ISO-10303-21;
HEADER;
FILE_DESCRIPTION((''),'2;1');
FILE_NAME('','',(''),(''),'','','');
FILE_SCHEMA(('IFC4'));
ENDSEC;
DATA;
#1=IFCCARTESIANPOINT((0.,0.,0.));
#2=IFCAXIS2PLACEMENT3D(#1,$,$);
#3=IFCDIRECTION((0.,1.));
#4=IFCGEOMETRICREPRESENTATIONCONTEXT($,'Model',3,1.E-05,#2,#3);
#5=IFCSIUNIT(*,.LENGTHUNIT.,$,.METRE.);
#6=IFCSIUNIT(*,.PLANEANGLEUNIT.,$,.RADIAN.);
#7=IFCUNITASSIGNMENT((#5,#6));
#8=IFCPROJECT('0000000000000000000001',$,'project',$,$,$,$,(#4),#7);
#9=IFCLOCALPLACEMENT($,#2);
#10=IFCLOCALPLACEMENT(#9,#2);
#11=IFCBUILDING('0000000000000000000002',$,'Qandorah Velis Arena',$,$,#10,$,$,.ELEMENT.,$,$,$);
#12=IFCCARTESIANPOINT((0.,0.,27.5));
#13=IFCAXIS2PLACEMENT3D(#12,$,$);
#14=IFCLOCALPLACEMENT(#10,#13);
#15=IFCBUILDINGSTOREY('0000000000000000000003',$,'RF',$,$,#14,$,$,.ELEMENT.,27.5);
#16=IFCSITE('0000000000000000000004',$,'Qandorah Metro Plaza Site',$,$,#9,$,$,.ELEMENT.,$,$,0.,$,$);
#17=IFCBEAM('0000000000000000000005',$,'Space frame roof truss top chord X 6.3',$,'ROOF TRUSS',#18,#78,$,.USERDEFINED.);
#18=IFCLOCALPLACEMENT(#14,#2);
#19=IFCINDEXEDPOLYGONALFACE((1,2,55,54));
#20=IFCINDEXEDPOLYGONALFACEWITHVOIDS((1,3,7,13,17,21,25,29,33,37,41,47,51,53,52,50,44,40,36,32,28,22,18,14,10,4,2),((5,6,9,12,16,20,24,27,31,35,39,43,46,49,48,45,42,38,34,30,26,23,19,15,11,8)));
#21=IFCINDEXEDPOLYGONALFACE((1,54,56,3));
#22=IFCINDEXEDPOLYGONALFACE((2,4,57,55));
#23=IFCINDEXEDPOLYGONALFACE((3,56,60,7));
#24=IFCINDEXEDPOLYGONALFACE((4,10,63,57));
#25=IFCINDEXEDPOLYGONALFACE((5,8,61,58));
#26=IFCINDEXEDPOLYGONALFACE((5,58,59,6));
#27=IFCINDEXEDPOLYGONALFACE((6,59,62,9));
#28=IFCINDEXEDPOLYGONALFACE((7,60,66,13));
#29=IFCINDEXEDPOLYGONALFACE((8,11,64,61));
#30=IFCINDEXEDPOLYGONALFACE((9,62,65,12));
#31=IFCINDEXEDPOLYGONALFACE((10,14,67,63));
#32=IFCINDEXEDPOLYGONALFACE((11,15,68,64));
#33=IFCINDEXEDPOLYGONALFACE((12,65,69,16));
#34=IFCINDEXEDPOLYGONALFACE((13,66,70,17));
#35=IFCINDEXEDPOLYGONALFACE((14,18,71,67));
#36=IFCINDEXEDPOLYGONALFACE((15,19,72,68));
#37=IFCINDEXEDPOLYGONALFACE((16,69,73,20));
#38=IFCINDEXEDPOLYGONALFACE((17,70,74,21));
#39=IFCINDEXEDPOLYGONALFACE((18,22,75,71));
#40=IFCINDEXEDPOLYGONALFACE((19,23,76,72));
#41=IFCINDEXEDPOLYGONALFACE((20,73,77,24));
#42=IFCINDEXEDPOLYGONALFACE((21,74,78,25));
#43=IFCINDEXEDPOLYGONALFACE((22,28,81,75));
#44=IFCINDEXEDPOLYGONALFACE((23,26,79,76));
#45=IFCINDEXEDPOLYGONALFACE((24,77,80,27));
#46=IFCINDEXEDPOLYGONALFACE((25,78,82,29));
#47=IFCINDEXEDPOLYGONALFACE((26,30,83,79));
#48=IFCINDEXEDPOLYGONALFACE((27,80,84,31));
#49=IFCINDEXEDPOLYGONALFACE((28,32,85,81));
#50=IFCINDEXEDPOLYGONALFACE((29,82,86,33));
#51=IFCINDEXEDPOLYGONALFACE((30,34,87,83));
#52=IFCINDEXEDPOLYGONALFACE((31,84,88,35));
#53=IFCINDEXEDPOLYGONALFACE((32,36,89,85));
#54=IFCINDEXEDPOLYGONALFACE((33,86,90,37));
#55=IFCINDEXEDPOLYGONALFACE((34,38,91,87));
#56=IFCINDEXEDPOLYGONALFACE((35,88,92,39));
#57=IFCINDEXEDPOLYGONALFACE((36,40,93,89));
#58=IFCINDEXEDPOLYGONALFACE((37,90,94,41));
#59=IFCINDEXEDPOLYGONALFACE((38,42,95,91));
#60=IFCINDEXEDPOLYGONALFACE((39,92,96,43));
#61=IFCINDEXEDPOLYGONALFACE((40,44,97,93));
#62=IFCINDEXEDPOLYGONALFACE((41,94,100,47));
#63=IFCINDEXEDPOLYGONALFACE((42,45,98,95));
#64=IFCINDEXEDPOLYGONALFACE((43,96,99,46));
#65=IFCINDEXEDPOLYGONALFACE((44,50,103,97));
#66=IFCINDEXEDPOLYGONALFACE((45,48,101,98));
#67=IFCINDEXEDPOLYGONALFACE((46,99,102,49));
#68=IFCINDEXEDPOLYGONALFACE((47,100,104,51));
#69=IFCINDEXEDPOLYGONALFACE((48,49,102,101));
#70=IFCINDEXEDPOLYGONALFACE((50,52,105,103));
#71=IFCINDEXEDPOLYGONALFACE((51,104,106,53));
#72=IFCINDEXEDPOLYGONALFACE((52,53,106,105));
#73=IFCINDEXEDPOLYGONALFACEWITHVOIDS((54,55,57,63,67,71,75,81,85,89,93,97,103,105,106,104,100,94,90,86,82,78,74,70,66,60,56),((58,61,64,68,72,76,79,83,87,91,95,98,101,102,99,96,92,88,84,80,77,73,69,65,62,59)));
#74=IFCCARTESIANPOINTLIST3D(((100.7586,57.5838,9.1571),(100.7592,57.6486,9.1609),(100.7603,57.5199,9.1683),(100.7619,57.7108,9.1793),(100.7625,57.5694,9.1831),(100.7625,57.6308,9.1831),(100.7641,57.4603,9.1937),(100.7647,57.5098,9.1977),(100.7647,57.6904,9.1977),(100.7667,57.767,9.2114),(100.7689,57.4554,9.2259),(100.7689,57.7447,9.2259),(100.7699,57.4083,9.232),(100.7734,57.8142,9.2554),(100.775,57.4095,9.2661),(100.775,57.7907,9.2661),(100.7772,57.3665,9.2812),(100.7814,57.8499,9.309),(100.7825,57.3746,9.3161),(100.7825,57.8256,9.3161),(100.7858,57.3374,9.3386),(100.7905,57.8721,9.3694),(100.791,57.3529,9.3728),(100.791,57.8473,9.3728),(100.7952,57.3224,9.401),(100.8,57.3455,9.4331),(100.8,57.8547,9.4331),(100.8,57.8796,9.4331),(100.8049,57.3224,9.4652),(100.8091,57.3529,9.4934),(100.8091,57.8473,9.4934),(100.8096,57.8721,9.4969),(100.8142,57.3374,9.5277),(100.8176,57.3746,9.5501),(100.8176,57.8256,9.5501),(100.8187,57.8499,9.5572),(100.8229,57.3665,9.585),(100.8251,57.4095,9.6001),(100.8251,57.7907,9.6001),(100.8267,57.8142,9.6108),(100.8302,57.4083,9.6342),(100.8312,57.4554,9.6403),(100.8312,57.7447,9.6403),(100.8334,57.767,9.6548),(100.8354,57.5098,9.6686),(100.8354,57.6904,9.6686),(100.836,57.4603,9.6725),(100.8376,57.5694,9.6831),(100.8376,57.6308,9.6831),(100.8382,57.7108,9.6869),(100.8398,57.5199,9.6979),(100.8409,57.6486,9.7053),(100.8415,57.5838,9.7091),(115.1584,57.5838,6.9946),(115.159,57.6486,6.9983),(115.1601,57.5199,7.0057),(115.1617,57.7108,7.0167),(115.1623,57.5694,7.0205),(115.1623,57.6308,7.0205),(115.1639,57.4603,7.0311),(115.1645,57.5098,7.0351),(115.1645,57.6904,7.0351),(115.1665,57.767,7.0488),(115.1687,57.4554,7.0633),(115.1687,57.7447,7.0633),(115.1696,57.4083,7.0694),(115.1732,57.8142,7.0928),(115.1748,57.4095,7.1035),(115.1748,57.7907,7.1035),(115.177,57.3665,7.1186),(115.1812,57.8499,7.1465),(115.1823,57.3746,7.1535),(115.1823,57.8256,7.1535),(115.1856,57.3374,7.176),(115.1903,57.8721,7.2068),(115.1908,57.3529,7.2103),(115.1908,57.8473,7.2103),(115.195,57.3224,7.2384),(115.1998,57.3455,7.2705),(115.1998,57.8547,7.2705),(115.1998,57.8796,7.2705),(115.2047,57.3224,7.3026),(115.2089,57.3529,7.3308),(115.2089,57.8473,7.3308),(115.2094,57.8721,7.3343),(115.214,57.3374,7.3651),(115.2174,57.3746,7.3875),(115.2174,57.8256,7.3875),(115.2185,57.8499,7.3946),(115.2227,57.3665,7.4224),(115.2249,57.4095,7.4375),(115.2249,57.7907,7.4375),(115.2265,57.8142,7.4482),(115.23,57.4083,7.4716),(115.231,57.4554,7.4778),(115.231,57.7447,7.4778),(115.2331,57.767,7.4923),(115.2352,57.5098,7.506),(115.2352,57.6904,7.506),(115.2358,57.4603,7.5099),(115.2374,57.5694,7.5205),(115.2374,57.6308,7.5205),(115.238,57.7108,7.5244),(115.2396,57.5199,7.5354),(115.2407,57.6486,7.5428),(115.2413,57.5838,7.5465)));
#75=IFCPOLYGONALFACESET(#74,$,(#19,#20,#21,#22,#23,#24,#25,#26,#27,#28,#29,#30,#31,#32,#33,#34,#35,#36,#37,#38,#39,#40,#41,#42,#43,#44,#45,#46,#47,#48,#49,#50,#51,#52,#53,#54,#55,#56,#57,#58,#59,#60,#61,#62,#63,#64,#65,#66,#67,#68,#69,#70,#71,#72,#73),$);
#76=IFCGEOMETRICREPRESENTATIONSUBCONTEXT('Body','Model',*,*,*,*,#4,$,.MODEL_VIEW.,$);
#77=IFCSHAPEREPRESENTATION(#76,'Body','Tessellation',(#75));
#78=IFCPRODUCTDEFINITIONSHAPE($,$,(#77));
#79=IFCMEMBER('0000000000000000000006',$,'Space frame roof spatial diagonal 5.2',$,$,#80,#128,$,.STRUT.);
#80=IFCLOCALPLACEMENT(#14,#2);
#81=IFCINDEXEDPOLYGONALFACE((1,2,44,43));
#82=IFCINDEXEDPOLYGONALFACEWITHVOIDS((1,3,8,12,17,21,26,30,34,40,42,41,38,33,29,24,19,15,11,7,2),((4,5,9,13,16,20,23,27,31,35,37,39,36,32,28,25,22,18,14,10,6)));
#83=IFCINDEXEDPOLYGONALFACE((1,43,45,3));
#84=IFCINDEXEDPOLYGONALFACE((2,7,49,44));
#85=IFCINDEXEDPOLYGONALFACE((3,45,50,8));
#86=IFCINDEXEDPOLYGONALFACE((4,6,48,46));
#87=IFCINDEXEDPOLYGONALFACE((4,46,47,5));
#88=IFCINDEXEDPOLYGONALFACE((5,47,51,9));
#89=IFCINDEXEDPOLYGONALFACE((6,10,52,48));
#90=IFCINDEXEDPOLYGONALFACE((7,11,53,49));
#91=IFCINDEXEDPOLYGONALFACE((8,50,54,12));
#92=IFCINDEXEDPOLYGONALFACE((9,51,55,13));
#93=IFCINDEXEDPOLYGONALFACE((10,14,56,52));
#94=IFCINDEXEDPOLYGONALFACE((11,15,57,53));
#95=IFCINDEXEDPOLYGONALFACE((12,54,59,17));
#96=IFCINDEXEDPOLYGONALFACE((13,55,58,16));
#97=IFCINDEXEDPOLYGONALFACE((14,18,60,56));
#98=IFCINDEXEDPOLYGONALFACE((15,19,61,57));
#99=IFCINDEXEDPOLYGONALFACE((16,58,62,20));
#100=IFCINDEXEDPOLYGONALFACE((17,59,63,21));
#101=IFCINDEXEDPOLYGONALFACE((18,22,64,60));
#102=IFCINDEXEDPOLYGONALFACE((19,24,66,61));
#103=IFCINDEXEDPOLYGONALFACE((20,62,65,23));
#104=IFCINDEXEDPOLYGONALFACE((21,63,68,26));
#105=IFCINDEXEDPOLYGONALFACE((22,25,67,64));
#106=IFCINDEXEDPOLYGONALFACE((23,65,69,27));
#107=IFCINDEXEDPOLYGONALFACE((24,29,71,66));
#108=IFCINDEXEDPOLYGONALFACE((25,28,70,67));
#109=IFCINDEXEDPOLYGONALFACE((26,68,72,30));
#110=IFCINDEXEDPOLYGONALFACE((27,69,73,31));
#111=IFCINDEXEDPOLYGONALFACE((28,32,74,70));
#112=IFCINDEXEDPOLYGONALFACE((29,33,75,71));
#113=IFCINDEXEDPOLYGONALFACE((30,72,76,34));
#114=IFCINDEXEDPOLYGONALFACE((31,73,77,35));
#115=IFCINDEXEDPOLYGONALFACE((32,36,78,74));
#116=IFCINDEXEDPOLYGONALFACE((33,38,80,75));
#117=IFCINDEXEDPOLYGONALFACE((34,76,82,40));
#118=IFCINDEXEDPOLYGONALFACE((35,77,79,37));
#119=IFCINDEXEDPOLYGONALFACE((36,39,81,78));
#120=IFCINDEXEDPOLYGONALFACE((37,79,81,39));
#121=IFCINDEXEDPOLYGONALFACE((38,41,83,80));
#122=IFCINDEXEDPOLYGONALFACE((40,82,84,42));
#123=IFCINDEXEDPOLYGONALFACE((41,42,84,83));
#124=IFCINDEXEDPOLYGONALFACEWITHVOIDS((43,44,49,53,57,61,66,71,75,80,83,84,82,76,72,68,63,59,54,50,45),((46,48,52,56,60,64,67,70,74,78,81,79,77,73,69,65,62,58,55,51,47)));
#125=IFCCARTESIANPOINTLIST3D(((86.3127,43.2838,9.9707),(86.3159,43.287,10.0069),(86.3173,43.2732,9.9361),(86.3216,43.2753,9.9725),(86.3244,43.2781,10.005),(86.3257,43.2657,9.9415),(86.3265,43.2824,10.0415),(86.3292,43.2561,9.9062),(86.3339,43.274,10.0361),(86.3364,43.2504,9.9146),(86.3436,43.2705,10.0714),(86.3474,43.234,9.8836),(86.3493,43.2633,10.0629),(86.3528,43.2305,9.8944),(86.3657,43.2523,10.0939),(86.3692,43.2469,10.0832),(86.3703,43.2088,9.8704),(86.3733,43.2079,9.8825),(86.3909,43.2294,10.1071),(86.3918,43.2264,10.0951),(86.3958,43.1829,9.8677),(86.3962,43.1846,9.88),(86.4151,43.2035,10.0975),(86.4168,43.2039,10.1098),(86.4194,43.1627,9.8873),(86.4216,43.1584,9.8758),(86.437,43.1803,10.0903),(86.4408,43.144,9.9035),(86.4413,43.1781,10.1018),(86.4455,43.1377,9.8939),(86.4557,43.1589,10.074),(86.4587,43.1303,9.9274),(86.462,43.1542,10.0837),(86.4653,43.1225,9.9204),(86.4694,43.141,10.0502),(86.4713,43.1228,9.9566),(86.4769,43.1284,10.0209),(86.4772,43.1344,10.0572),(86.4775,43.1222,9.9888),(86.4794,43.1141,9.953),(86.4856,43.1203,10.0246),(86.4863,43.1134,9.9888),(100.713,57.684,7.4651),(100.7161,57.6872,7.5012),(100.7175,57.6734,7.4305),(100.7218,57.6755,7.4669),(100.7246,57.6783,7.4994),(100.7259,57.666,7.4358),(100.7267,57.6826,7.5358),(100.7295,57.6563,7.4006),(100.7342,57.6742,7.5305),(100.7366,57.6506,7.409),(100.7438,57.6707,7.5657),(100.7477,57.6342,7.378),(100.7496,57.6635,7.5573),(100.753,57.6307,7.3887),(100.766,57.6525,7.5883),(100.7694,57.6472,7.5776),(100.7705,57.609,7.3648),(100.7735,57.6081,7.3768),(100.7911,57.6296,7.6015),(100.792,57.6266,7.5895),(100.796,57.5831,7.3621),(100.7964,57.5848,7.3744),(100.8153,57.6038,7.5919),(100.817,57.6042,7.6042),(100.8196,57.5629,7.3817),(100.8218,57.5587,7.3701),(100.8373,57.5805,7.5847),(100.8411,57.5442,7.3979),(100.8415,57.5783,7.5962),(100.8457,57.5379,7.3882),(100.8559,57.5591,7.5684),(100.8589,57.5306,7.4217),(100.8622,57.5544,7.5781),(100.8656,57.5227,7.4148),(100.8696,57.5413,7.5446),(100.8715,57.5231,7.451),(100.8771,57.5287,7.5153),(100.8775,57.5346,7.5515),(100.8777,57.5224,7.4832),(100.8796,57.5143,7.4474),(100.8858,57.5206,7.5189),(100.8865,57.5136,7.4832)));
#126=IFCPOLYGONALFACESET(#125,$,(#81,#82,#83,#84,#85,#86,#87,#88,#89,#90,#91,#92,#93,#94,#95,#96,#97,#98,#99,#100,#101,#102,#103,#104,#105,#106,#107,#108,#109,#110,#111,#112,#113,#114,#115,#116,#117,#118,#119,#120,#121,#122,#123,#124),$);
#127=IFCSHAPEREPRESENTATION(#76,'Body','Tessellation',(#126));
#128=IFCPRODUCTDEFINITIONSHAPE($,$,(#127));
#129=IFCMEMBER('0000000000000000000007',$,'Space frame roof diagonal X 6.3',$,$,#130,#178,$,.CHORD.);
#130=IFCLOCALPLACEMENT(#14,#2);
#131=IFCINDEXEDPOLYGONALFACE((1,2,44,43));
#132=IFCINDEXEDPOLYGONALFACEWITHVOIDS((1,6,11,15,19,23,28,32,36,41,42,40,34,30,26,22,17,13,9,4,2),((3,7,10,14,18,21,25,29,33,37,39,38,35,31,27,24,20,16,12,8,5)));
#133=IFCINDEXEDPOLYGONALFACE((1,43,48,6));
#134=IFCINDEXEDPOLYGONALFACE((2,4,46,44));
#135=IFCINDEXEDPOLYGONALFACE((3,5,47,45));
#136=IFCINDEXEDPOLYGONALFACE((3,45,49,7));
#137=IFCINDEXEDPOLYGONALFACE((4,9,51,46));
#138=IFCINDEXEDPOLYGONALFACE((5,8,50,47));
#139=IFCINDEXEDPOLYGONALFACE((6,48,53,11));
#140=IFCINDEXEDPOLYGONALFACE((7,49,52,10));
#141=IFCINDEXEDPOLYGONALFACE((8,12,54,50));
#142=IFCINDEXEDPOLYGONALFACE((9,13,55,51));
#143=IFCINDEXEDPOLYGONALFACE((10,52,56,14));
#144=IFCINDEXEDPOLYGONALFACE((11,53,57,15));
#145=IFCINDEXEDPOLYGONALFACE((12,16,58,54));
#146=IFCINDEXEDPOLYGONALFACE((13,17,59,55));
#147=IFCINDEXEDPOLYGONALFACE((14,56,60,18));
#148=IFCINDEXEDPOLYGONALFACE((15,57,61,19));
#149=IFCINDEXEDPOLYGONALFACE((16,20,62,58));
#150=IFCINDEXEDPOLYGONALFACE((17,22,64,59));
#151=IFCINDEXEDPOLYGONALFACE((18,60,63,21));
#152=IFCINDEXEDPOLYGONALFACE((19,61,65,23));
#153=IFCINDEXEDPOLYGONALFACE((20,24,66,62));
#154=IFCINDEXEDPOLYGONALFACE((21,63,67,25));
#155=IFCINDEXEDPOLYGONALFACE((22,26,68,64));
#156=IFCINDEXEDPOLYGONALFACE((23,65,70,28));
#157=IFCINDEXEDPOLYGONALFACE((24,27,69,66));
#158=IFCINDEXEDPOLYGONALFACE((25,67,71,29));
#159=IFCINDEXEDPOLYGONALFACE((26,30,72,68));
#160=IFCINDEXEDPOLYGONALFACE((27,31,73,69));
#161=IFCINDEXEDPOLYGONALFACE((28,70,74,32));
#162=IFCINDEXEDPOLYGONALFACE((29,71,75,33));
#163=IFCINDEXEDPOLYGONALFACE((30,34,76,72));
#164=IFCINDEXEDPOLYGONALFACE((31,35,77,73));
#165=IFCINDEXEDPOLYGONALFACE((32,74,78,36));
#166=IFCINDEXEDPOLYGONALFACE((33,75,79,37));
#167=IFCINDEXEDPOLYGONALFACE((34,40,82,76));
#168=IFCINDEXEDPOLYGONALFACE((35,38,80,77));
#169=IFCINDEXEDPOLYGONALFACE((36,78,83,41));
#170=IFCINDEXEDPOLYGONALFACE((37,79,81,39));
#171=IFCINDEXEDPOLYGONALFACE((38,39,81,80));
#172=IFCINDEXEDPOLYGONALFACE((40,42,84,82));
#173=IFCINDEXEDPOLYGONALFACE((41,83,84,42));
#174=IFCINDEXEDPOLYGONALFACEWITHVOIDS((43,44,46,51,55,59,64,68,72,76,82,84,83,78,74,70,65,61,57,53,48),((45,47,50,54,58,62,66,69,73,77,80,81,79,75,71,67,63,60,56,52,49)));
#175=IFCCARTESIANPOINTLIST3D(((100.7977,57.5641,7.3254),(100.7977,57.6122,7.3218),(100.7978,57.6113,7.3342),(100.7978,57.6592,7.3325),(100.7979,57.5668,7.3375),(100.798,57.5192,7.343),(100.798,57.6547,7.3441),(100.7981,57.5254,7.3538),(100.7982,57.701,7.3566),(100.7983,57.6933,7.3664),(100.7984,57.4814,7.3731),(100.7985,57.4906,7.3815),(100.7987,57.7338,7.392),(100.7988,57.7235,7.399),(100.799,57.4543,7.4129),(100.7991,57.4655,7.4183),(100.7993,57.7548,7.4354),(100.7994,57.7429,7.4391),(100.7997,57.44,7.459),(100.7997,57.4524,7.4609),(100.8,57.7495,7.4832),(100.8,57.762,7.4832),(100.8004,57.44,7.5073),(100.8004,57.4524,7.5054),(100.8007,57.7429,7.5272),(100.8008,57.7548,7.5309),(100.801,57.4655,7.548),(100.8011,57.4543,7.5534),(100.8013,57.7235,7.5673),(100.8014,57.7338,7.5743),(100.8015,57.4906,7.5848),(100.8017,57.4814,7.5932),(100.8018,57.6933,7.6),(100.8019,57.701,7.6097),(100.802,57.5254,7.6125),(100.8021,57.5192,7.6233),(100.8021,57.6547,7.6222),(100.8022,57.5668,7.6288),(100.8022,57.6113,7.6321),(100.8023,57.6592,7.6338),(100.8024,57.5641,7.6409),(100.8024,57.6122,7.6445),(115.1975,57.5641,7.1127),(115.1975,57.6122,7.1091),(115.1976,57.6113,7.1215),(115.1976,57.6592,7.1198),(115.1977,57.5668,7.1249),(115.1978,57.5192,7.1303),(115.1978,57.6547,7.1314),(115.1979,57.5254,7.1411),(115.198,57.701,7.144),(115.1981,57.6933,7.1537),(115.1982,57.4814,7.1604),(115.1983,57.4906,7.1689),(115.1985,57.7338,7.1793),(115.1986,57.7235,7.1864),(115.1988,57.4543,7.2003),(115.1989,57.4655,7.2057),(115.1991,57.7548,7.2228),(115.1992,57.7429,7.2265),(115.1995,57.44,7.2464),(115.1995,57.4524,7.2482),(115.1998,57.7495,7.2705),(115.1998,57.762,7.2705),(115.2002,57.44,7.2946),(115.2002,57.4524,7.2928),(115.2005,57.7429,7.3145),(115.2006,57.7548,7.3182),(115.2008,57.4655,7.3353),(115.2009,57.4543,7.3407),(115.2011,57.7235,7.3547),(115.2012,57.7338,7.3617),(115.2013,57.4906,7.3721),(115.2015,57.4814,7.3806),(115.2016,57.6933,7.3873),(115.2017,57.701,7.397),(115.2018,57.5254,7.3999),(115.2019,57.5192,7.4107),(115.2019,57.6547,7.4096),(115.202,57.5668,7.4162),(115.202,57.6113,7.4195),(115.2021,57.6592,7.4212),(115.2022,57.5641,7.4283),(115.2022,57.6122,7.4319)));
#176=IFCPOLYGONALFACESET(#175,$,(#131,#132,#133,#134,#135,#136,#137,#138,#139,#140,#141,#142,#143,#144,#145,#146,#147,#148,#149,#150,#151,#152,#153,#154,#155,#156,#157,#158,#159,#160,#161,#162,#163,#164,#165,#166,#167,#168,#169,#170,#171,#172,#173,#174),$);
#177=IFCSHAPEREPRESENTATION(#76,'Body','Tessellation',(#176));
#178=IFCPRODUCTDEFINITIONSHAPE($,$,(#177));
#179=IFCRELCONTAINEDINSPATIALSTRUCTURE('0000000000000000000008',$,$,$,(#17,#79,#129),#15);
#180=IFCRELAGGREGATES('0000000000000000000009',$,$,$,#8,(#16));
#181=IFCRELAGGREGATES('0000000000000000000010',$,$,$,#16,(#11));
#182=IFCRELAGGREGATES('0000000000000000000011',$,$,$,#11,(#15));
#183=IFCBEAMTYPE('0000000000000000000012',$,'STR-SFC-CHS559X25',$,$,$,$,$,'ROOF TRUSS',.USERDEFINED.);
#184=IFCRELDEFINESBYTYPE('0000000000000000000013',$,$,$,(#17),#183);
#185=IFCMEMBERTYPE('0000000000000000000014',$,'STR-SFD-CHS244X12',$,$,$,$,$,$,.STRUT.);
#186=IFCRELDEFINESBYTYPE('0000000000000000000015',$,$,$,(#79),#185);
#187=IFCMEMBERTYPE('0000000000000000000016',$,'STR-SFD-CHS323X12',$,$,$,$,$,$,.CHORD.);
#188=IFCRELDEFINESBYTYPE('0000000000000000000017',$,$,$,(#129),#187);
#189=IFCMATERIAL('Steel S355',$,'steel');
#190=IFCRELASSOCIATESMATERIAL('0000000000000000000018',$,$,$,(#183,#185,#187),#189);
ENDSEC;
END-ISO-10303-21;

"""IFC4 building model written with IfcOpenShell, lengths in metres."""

from ifc_helpers import new_model, si_unit, direction, frame, origin, origin_2d, place, context, subcontext, project, spatial, hollow_circle, extrude, material, material_profile, profile_set, type_object, element, save


model = new_model("IFC4")

# Units and contexts
model_context = context("Model", 3, precision=1e-05, world=origin(), true_north=direction((0.0, 1.0)))
body_context = subcontext(model_context, "Body", "Model", "MODEL_VIEW")
ifc_project = project(units=[si_unit("LENGTHUNIT", "METRE"), si_unit("PLANEANGLEUNIT", "RADIAN")], contexts=[model_context])

# Site, building, storey
site_placement = place(None, origin())
site = spatial("IfcSite", under=ifc_project, at=site_placement, Name="Qandorah Metro Plaza Site", CompositionType="ELEMENT", RefElevation=0.0)
building_placement = place(site_placement, origin())
building = spatial("IfcBuilding", under=site, at=building_placement, Name="Qandorah Velis Arena", CompositionType="ELEMENT")
storey_placement = place(building_placement, frame((0.0, 0.0, 27.5)))
storey = spatial("IfcBuildingStorey", under=building, at=storey_placement, Name="RF", CompositionType="ELEMENT", Elevation=27.5)

# Beam
ifc_material_1 = material(Name="Steel S355", Category="steel")
ifc_material_profile_1 = material_profile(ifc_material_1, hollow_circle(Radius=0.2795, WallThickness=0.0249, at=origin_2d()), Name="CHS 559x25")
ifc_profile_set_1 = profile_set([ifc_material_profile_1], Name="Steel S355")
beam_type_1 = type_object("IfcBeamType", Name="STR-SFC-CHS559X25", ElementType="ROOF TRUSS", PredefinedType="USERDEFINED", material=ifc_profile_set_1)
beam_1_placement = place(storey_placement, frame((100.8, 57.6001, 9.4331), z_axis=(0.98891, 0.0, -0.148516), x_axis=(0.0, 1.0, 0.0)))
element("IfcBeam", 1, at=beam_1_placement, inside=storey, type_object=beam_type_1, Name="Space frame roof truss top chord X 6.3", ObjectType="ROOF TRUSS", PredefinedType="USERDEFINED", context=body_context, shape_type="SweptSolid", body=[
    extrude(hollow_circle(Radius=0.2795, WallThickness=0.0249, at=origin_2d()), origin(), (0.0, 0.0, 1.0), 14.5613),
])

# Members
ifc_material_profile_2 = material_profile(ifc_material_1, hollow_circle(Radius=0.1223, WallThickness=0.0125, at=origin_2d()), Name="CHS 244.5x12.5")
ifc_profile_set_2 = profile_set([ifc_material_profile_2], Name="Steel S355")
member_type_1 = type_object("IfcMemberType", Name="STR-SFD-CHS244X12", PredefinedType="STRUT", material=ifc_profile_set_2)
member_1_placement = place(storey_placement, frame((100.8, 57.6001, 7.4832), z_axis=(-0.701815, -0.701815, 0.122115), x_axis=(0.707107, -0.707107, 0.0)))
element("IfcMember", 2, at=member_1_placement, inside=storey, type_object=member_type_1, Name="Space frame roof spatial diagonal 5.2", PredefinedType="STRUT", context=body_context, shape_type="SweptSolid", body=[
    extrude(hollow_circle(Radius=0.1223, WallThickness=0.0125, at=origin_2d()), origin(), (0.0, 0.0, 1.0), 20.5186),
])
ifc_material_profile_3 = material_profile(ifc_material_1, hollow_circle(Radius=0.1619, WallThickness=0.0125, at=origin_2d()), Name="CHS 323.9x12.5")
ifc_profile_set_3 = profile_set([ifc_material_profile_3], Name="Steel S355")
member_type_2 = type_object("IfcMemberType", Name="STR-SFD-CHS323X12", PredefinedType="CHORD", material=ifc_profile_set_3)
member_2_placement = place(storey_placement, frame((100.8, 57.6001, 7.4832), z_axis=(0.999891, 0.0, -0.014766), x_axis=(0.0, 1.0, 0.0)))
element("IfcMember", 3, at=member_2_placement, inside=storey, type_object=member_type_2, Name="Space frame roof diagonal X 6.3", PredefinedType="CHORD", context=body_context, shape_type="SweptSolid", body=[
    extrude(hollow_circle(Radius=0.1619, WallThickness=0.0125, at=origin_2d()), origin(), (0.0, 0.0, 1.0), 14.4014),
])

save(model, "model.ifc")
